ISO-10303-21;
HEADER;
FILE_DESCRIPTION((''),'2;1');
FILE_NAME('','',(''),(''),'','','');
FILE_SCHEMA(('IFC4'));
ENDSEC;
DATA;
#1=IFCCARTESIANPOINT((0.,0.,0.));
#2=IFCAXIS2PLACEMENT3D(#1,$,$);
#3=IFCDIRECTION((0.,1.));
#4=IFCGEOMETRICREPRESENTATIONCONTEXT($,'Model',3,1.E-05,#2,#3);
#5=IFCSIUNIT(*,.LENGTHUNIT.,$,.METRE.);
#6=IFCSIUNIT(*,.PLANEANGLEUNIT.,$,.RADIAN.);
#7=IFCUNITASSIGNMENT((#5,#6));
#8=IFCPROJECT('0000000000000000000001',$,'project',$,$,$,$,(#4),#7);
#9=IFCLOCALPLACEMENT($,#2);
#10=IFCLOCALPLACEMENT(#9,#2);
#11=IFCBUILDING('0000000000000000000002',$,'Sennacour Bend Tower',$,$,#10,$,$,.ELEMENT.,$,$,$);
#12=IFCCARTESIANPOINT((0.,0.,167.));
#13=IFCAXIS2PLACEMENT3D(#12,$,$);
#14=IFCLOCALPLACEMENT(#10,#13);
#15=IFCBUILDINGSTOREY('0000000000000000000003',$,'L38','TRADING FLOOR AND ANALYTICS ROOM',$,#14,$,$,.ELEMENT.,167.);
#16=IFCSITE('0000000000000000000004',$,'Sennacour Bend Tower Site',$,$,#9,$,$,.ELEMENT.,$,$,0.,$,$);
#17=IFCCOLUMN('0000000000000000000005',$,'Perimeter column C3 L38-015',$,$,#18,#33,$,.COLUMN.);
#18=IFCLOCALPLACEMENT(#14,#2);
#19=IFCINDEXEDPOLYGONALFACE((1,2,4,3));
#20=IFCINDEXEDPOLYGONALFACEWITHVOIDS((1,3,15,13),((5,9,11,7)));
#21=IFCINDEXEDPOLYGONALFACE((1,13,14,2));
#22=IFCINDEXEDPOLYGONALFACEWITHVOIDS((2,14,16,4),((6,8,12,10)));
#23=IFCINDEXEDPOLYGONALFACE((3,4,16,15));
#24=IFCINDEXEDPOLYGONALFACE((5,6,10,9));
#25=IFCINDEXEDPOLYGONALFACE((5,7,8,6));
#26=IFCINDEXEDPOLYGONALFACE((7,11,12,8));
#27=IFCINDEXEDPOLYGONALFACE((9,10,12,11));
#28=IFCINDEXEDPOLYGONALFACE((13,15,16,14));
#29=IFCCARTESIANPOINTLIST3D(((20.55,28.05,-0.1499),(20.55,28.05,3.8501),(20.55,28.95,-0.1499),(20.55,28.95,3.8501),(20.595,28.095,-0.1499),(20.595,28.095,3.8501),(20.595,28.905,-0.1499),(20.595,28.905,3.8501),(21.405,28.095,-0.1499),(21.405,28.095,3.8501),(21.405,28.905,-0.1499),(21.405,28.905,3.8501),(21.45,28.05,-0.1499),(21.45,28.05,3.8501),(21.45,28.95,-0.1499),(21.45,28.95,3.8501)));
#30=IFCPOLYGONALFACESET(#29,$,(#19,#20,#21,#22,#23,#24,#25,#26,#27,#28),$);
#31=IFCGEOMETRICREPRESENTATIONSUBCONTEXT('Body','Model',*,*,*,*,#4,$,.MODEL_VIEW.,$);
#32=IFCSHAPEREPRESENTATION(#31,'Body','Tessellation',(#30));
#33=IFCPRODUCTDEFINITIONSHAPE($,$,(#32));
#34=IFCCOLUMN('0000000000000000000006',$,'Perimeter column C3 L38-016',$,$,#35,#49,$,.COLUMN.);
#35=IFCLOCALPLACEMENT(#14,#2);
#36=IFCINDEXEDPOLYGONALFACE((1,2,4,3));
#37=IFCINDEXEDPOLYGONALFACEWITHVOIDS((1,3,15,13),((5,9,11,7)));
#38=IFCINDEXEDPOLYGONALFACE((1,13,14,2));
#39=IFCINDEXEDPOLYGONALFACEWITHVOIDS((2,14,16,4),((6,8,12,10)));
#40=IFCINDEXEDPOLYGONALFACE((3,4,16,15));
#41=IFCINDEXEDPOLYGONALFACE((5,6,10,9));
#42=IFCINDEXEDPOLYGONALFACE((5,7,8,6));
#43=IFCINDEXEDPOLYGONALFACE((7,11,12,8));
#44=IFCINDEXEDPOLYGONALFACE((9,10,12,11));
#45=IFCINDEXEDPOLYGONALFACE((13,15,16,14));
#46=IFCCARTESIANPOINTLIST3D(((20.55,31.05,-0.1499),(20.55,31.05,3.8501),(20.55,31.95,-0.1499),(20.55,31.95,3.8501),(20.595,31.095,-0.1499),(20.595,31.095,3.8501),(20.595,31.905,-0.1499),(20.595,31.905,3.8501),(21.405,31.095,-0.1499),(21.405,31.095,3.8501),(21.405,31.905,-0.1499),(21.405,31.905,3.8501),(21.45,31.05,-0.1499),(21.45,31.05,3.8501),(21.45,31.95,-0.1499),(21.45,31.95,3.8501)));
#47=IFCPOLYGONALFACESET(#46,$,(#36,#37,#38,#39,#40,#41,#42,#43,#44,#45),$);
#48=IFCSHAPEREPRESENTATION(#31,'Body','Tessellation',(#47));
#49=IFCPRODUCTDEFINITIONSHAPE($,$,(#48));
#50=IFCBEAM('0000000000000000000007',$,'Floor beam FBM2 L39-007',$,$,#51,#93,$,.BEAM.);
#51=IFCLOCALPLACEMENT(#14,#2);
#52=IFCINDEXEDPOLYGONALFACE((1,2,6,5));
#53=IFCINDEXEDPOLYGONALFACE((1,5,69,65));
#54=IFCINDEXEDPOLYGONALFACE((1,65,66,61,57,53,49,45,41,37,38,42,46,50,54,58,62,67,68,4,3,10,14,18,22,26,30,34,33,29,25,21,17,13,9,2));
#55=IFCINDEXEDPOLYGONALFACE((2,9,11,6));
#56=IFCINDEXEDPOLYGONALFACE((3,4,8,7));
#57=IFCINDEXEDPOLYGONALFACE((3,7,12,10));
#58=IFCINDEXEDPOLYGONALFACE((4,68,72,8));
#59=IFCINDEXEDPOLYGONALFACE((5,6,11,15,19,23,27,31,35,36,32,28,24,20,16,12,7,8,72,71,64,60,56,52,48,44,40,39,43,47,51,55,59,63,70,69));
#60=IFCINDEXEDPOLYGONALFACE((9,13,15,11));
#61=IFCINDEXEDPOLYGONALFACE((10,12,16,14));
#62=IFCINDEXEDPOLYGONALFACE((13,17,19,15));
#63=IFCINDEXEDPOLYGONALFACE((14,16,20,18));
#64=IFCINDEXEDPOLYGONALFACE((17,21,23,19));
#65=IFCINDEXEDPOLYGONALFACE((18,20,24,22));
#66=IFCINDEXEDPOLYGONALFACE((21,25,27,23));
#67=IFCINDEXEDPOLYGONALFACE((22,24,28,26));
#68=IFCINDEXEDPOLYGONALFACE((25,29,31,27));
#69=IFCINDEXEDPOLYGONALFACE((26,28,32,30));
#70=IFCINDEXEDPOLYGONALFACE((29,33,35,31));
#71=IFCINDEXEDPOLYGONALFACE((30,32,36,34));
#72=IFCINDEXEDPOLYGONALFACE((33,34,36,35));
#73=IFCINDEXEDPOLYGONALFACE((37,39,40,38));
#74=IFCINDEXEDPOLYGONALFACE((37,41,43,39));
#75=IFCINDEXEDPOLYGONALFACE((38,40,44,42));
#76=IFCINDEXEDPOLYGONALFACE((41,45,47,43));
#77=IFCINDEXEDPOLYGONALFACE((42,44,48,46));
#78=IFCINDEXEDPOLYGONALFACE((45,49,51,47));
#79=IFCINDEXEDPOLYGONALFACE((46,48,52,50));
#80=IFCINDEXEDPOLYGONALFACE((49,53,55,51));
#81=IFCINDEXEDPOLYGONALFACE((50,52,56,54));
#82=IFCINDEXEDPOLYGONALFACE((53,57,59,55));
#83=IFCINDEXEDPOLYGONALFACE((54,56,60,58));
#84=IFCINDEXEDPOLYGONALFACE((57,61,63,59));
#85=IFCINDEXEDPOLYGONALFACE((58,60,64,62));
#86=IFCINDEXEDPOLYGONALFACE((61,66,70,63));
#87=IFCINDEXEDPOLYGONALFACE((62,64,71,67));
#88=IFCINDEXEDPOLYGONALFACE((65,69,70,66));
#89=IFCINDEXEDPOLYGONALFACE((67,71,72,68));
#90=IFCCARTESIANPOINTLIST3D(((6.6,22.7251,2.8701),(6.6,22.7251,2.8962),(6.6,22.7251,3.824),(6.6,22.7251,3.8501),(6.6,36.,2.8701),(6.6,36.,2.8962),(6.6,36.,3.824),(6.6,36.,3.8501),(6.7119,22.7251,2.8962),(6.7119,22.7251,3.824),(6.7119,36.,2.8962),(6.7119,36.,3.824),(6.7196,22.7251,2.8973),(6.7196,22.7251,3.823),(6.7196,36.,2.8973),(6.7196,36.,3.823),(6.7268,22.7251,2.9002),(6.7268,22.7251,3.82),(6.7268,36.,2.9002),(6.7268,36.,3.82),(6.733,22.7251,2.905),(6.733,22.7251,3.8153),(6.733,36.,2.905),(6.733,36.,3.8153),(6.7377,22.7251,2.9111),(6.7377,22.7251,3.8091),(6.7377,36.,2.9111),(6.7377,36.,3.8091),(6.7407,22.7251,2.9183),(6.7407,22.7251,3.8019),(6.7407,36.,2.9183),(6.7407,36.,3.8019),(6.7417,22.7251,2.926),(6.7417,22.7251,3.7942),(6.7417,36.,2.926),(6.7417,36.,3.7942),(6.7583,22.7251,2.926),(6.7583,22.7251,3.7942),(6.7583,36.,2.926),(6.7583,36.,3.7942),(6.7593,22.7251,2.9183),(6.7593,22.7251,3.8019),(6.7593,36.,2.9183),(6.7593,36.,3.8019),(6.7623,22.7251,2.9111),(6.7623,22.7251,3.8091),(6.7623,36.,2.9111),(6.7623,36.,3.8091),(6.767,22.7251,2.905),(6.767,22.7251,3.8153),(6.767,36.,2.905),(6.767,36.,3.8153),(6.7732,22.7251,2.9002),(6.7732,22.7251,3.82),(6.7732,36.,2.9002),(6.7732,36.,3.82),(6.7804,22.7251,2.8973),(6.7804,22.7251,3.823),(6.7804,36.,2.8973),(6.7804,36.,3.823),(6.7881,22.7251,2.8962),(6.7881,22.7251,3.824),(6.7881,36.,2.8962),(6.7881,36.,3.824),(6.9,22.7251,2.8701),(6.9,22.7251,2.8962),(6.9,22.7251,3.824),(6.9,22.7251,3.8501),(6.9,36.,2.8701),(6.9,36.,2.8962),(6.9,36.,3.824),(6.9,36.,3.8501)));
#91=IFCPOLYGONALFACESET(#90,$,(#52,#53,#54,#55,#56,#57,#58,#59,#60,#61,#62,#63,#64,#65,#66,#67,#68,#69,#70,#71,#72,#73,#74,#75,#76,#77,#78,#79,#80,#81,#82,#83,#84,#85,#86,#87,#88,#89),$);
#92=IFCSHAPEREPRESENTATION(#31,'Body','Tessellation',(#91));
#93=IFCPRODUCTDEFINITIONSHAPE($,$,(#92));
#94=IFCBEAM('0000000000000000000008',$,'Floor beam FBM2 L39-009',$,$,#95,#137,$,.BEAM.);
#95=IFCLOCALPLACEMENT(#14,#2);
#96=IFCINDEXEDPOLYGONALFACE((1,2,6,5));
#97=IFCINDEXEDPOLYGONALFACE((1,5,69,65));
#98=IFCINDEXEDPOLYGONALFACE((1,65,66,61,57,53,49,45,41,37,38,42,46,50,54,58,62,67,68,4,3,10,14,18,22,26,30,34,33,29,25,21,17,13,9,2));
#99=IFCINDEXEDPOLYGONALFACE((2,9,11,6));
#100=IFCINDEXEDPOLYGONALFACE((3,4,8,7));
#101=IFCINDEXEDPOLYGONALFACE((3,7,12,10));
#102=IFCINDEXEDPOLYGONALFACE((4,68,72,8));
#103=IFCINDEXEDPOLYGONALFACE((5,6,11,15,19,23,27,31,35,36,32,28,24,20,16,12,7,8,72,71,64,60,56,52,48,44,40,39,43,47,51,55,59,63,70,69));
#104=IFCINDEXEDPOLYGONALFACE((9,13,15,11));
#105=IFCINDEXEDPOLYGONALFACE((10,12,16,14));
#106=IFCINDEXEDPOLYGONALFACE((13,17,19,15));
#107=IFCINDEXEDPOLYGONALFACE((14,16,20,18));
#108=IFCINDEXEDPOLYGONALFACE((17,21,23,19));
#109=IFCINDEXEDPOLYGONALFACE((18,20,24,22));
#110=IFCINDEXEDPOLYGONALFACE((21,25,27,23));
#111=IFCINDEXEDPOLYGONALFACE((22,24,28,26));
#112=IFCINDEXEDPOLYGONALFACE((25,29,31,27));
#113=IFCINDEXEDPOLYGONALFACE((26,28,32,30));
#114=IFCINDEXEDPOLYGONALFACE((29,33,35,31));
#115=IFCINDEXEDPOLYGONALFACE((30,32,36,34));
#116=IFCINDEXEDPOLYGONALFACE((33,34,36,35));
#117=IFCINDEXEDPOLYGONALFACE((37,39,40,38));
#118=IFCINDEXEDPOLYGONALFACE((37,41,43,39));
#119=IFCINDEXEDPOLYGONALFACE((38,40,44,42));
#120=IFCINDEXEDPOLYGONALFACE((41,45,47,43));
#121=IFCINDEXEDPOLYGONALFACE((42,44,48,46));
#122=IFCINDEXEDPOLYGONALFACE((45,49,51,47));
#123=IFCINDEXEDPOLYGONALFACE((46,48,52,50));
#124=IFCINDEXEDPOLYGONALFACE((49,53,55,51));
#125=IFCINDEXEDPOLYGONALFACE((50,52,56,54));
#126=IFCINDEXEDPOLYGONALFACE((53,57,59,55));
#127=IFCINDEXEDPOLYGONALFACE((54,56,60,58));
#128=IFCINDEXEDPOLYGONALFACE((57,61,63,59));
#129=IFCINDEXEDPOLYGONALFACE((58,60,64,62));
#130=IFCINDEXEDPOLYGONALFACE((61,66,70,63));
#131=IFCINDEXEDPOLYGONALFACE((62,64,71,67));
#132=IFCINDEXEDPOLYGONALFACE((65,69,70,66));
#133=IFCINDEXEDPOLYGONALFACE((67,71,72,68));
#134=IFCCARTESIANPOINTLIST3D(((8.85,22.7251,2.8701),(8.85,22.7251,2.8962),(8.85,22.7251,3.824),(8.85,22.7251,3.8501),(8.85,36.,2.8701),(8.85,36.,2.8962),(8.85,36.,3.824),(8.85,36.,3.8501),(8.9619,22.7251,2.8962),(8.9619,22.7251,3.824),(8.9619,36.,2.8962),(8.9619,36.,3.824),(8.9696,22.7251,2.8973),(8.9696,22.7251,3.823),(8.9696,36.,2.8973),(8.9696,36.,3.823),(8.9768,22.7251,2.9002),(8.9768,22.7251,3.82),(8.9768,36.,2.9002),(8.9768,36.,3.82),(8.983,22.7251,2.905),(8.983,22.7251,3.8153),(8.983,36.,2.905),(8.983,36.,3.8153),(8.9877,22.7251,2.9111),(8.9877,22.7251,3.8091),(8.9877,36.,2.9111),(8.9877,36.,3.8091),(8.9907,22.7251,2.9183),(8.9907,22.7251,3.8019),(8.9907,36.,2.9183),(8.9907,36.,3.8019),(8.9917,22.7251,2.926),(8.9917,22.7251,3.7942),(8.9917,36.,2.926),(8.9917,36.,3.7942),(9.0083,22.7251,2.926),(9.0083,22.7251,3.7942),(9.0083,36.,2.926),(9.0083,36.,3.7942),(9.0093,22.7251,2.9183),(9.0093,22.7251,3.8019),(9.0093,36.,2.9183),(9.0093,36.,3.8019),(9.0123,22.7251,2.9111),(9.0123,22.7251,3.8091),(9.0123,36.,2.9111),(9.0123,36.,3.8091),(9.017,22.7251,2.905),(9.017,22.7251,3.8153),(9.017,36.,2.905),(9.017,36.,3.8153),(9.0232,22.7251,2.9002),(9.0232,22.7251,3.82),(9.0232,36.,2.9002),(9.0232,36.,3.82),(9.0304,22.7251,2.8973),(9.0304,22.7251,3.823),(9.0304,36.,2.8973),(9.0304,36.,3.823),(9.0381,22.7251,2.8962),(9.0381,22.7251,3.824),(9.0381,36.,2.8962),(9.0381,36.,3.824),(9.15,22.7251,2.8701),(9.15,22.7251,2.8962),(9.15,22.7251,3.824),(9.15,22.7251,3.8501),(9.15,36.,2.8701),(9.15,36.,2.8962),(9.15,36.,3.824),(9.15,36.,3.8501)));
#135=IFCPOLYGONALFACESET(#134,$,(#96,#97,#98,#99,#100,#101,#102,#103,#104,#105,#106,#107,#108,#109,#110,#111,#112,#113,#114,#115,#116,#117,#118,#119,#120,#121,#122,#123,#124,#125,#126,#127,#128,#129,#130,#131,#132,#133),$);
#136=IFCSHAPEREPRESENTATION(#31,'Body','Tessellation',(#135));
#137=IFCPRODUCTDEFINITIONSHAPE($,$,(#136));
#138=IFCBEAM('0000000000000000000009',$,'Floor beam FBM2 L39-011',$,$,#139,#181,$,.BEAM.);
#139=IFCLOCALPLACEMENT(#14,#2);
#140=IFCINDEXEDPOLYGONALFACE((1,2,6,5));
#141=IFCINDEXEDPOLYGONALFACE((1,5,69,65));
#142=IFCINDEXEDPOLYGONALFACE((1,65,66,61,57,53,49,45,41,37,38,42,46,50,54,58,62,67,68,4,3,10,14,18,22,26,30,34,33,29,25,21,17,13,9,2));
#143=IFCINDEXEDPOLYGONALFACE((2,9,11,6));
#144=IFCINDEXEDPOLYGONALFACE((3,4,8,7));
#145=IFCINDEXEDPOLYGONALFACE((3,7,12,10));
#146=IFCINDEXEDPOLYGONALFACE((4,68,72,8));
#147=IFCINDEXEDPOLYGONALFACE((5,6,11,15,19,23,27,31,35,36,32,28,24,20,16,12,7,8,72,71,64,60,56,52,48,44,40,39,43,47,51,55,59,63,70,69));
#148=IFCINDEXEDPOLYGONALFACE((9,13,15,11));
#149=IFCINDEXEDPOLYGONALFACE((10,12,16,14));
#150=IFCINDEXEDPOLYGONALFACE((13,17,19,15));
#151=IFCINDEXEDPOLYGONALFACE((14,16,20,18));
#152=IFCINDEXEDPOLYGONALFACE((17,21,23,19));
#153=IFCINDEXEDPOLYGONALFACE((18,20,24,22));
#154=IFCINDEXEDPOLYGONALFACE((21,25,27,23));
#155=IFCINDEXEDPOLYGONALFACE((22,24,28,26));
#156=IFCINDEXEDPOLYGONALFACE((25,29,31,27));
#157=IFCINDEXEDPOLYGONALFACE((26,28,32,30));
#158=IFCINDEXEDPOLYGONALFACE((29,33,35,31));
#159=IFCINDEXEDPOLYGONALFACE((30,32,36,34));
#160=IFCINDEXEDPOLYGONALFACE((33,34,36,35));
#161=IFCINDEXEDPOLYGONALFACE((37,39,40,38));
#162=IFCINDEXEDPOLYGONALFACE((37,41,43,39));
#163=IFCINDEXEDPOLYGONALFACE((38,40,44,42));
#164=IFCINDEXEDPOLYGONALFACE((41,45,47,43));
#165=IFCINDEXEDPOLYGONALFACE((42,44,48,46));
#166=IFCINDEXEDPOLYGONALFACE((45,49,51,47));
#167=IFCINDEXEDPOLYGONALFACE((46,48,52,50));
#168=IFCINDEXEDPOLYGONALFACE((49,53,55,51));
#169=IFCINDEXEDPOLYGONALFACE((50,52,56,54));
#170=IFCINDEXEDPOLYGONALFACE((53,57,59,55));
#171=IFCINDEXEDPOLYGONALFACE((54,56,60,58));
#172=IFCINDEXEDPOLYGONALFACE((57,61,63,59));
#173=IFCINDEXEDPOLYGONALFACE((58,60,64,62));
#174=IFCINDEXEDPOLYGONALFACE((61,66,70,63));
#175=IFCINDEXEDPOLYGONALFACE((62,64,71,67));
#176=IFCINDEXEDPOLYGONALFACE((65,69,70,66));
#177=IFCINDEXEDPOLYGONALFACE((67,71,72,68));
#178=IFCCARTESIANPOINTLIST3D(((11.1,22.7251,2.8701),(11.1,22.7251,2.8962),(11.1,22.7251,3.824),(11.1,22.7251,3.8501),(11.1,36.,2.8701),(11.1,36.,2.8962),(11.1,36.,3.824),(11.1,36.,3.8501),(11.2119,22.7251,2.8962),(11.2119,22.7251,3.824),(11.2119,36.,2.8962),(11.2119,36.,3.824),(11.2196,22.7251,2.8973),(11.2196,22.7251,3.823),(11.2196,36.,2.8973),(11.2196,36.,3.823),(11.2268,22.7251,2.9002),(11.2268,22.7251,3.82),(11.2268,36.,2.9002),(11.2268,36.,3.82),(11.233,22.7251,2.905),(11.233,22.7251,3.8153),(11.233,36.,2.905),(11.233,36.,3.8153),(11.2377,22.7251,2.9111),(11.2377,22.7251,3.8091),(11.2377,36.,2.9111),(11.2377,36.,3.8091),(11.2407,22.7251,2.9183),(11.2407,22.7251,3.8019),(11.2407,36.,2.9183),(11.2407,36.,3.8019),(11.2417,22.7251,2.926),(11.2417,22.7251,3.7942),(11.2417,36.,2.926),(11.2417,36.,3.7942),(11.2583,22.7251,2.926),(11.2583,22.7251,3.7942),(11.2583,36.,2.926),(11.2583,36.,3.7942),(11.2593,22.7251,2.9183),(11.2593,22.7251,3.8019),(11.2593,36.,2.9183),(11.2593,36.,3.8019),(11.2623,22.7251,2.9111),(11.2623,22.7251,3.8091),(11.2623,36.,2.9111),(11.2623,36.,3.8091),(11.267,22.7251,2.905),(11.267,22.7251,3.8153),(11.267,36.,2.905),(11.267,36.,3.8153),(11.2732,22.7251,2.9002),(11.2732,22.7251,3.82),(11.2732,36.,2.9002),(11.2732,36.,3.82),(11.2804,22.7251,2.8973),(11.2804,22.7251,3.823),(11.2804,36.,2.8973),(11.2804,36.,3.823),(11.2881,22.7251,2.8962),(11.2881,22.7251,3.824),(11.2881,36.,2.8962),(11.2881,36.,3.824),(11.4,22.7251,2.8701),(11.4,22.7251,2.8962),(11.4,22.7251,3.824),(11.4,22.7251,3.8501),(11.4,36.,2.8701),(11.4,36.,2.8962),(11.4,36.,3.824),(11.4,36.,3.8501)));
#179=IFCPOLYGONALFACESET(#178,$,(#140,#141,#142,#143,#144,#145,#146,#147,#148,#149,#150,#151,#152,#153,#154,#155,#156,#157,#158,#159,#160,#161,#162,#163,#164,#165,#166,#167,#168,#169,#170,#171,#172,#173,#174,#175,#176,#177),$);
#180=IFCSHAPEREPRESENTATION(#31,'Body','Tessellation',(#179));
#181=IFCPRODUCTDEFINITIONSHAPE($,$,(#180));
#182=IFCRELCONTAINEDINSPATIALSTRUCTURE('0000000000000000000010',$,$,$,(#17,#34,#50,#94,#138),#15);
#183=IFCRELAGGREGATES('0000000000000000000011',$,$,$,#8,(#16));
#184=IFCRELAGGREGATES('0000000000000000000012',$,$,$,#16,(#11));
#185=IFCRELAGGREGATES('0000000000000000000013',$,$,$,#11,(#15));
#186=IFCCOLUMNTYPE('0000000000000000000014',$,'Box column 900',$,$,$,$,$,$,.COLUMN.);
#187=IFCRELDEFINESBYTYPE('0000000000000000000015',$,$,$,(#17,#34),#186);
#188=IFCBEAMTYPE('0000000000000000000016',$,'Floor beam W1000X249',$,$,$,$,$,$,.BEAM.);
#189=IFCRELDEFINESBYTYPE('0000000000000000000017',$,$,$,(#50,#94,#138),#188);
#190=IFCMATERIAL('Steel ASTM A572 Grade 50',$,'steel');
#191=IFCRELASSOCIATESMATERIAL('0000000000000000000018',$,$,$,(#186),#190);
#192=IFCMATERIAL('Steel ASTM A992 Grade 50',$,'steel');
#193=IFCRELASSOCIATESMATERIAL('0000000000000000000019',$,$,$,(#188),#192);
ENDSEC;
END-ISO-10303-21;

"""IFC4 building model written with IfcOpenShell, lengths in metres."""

from ifc_helpers import new_model, si_unit, direction, frame, origin, origin_2d, place, context, subcontext, project, spatial, hollow_rectangle, i_section, extrude, material, material_profile, profile_set, type_object, element, save


model = new_model("IFC4")

# Units and contexts
model_context = context("Model", 3, precision=1e-05, world=origin(), true_north=direction((0.0, 1.0)))
body_context = subcontext(model_context, "Body", "Model", "MODEL_VIEW")
ifc_project = project(units=[si_unit("LENGTHUNIT", "METRE"), si_unit("PLANEANGLEUNIT", "RADIAN")], contexts=[model_context])

# Site, building, storey
site_placement = place(None, origin())
site = spatial("IfcSite", under=ifc_project, at=site_placement, Name="Sennacour Bend Tower Site", CompositionType="ELEMENT", RefElevation=0.0)
building_placement = place(site_placement, origin())
building = spatial("IfcBuilding", under=site, at=building_placement, Name="Sennacour Bend Tower", CompositionType="ELEMENT")
storey_placement = place(building_placement, frame((0.0, 0.0, 167.0)))
storey = spatial("IfcBuildingStorey", under=building, at=storey_placement, Name="L38", Description="TRADING FLOOR AND ANALYTICS ROOM", CompositionType="ELEMENT", Elevation=167.0)

# Columns
ifc_material_1 = material(Name="Steel ASTM A572 Grade 50", Category="steel")
ifc_material_profile_1 = material_profile(ifc_material_1, hollow_rectangle(XDim=0.8999, YDim=0.8999, WallThickness=0.0449, at=origin_2d()), Name="Steel ASTM A572 Grade 50", Category="steel")
ifc_profile_set_1 = profile_set([ifc_material_profile_1], Name="Steel ASTM A572 Grade 50")
column_type = type_object("IfcColumnType", Name="Box column 900", PredefinedType="COLUMN", material=ifc_profile_set_1)
for number, where, z_axis, x_axis, name in (
    (1, (21.0, 28.5, -0.1499), (0.0, 0.0, 1.0), (1.0, 0.0, 0.0), "Perimeter column C3 L38-015"),
    (2, (21.0, 31.5, -0.1499), (0.0, 0.0, 1.0), (1.0, 0.0, 0.0), "Perimeter column C3 L38-016"),
):
    element("IfcColumn", number, at=place(storey_placement, frame(where, z_axis=z_axis, x_axis=x_axis)), inside=storey, type_object=column_type, Name=name, PredefinedType="COLUMN", context=body_context, shape_type="SweptSolid", body=[
        extrude(hollow_rectangle(XDim=0.8999, YDim=0.8999, WallThickness=0.0449, at=origin_2d()), origin(), (0.0, 0.0, 1.0), 4.0),
    ])

# Beams
ifc_material_2 = material(Name="Steel ASTM A992 Grade 50", Category="steel")
ifc_material_profile_2 = material_profile(ifc_material_2, i_section(OverallWidth=0.3, OverallDepth=0.98, WebThickness=0.0166, FlangeThickness=0.0261, FilletRadius=0.0298, at=origin_2d()), Name="Steel ASTM A992 Grade 50", Category="steel")
ifc_profile_set_2 = profile_set([ifc_material_profile_2], Name="Steel ASTM A992 Grade 50")
beam_type_1 = type_object("IfcBeamType", Name="Floor beam W1000X249", PredefinedType="BEAM", material=ifc_profile_set_2)
for number, where, z_axis, x_axis, name in (
    (3, (6.75, 22.7251, 3.3601), (0.0, 1.0, 0.0), (-1.0, 0.0, 0.0), "Floor beam FBM2 L39-007"),
    (4, (9.0, 22.7251, 3.3601), (0.0, 1.0, 0.0), (-1.0, 0.0, 0.0), "Floor beam FBM2 L39-009"),
    (5, (11.25, 22.7251, 3.3601), (0.0, 1.0, 0.0), (-1.0, 0.0, 0.0), "Floor beam FBM2 L39-011"),
):
    element("IfcBeam", number, at=place(storey_placement, frame(where, z_axis=z_axis, x_axis=x_axis)), inside=storey, type_object=beam_type_1, Name=name, PredefinedType="BEAM", context=body_context, shape_type="SweptSolid", body=[
        extrude(i_section(OverallWidth=0.3, OverallDepth=0.98, WebThickness=0.0166, FlangeThickness=0.0261, FilletRadius=0.0298, at=origin_2d()), origin(), (0.0, 0.0, 1.0), 13.2749),
    ])

save(model, "model.ifc")
